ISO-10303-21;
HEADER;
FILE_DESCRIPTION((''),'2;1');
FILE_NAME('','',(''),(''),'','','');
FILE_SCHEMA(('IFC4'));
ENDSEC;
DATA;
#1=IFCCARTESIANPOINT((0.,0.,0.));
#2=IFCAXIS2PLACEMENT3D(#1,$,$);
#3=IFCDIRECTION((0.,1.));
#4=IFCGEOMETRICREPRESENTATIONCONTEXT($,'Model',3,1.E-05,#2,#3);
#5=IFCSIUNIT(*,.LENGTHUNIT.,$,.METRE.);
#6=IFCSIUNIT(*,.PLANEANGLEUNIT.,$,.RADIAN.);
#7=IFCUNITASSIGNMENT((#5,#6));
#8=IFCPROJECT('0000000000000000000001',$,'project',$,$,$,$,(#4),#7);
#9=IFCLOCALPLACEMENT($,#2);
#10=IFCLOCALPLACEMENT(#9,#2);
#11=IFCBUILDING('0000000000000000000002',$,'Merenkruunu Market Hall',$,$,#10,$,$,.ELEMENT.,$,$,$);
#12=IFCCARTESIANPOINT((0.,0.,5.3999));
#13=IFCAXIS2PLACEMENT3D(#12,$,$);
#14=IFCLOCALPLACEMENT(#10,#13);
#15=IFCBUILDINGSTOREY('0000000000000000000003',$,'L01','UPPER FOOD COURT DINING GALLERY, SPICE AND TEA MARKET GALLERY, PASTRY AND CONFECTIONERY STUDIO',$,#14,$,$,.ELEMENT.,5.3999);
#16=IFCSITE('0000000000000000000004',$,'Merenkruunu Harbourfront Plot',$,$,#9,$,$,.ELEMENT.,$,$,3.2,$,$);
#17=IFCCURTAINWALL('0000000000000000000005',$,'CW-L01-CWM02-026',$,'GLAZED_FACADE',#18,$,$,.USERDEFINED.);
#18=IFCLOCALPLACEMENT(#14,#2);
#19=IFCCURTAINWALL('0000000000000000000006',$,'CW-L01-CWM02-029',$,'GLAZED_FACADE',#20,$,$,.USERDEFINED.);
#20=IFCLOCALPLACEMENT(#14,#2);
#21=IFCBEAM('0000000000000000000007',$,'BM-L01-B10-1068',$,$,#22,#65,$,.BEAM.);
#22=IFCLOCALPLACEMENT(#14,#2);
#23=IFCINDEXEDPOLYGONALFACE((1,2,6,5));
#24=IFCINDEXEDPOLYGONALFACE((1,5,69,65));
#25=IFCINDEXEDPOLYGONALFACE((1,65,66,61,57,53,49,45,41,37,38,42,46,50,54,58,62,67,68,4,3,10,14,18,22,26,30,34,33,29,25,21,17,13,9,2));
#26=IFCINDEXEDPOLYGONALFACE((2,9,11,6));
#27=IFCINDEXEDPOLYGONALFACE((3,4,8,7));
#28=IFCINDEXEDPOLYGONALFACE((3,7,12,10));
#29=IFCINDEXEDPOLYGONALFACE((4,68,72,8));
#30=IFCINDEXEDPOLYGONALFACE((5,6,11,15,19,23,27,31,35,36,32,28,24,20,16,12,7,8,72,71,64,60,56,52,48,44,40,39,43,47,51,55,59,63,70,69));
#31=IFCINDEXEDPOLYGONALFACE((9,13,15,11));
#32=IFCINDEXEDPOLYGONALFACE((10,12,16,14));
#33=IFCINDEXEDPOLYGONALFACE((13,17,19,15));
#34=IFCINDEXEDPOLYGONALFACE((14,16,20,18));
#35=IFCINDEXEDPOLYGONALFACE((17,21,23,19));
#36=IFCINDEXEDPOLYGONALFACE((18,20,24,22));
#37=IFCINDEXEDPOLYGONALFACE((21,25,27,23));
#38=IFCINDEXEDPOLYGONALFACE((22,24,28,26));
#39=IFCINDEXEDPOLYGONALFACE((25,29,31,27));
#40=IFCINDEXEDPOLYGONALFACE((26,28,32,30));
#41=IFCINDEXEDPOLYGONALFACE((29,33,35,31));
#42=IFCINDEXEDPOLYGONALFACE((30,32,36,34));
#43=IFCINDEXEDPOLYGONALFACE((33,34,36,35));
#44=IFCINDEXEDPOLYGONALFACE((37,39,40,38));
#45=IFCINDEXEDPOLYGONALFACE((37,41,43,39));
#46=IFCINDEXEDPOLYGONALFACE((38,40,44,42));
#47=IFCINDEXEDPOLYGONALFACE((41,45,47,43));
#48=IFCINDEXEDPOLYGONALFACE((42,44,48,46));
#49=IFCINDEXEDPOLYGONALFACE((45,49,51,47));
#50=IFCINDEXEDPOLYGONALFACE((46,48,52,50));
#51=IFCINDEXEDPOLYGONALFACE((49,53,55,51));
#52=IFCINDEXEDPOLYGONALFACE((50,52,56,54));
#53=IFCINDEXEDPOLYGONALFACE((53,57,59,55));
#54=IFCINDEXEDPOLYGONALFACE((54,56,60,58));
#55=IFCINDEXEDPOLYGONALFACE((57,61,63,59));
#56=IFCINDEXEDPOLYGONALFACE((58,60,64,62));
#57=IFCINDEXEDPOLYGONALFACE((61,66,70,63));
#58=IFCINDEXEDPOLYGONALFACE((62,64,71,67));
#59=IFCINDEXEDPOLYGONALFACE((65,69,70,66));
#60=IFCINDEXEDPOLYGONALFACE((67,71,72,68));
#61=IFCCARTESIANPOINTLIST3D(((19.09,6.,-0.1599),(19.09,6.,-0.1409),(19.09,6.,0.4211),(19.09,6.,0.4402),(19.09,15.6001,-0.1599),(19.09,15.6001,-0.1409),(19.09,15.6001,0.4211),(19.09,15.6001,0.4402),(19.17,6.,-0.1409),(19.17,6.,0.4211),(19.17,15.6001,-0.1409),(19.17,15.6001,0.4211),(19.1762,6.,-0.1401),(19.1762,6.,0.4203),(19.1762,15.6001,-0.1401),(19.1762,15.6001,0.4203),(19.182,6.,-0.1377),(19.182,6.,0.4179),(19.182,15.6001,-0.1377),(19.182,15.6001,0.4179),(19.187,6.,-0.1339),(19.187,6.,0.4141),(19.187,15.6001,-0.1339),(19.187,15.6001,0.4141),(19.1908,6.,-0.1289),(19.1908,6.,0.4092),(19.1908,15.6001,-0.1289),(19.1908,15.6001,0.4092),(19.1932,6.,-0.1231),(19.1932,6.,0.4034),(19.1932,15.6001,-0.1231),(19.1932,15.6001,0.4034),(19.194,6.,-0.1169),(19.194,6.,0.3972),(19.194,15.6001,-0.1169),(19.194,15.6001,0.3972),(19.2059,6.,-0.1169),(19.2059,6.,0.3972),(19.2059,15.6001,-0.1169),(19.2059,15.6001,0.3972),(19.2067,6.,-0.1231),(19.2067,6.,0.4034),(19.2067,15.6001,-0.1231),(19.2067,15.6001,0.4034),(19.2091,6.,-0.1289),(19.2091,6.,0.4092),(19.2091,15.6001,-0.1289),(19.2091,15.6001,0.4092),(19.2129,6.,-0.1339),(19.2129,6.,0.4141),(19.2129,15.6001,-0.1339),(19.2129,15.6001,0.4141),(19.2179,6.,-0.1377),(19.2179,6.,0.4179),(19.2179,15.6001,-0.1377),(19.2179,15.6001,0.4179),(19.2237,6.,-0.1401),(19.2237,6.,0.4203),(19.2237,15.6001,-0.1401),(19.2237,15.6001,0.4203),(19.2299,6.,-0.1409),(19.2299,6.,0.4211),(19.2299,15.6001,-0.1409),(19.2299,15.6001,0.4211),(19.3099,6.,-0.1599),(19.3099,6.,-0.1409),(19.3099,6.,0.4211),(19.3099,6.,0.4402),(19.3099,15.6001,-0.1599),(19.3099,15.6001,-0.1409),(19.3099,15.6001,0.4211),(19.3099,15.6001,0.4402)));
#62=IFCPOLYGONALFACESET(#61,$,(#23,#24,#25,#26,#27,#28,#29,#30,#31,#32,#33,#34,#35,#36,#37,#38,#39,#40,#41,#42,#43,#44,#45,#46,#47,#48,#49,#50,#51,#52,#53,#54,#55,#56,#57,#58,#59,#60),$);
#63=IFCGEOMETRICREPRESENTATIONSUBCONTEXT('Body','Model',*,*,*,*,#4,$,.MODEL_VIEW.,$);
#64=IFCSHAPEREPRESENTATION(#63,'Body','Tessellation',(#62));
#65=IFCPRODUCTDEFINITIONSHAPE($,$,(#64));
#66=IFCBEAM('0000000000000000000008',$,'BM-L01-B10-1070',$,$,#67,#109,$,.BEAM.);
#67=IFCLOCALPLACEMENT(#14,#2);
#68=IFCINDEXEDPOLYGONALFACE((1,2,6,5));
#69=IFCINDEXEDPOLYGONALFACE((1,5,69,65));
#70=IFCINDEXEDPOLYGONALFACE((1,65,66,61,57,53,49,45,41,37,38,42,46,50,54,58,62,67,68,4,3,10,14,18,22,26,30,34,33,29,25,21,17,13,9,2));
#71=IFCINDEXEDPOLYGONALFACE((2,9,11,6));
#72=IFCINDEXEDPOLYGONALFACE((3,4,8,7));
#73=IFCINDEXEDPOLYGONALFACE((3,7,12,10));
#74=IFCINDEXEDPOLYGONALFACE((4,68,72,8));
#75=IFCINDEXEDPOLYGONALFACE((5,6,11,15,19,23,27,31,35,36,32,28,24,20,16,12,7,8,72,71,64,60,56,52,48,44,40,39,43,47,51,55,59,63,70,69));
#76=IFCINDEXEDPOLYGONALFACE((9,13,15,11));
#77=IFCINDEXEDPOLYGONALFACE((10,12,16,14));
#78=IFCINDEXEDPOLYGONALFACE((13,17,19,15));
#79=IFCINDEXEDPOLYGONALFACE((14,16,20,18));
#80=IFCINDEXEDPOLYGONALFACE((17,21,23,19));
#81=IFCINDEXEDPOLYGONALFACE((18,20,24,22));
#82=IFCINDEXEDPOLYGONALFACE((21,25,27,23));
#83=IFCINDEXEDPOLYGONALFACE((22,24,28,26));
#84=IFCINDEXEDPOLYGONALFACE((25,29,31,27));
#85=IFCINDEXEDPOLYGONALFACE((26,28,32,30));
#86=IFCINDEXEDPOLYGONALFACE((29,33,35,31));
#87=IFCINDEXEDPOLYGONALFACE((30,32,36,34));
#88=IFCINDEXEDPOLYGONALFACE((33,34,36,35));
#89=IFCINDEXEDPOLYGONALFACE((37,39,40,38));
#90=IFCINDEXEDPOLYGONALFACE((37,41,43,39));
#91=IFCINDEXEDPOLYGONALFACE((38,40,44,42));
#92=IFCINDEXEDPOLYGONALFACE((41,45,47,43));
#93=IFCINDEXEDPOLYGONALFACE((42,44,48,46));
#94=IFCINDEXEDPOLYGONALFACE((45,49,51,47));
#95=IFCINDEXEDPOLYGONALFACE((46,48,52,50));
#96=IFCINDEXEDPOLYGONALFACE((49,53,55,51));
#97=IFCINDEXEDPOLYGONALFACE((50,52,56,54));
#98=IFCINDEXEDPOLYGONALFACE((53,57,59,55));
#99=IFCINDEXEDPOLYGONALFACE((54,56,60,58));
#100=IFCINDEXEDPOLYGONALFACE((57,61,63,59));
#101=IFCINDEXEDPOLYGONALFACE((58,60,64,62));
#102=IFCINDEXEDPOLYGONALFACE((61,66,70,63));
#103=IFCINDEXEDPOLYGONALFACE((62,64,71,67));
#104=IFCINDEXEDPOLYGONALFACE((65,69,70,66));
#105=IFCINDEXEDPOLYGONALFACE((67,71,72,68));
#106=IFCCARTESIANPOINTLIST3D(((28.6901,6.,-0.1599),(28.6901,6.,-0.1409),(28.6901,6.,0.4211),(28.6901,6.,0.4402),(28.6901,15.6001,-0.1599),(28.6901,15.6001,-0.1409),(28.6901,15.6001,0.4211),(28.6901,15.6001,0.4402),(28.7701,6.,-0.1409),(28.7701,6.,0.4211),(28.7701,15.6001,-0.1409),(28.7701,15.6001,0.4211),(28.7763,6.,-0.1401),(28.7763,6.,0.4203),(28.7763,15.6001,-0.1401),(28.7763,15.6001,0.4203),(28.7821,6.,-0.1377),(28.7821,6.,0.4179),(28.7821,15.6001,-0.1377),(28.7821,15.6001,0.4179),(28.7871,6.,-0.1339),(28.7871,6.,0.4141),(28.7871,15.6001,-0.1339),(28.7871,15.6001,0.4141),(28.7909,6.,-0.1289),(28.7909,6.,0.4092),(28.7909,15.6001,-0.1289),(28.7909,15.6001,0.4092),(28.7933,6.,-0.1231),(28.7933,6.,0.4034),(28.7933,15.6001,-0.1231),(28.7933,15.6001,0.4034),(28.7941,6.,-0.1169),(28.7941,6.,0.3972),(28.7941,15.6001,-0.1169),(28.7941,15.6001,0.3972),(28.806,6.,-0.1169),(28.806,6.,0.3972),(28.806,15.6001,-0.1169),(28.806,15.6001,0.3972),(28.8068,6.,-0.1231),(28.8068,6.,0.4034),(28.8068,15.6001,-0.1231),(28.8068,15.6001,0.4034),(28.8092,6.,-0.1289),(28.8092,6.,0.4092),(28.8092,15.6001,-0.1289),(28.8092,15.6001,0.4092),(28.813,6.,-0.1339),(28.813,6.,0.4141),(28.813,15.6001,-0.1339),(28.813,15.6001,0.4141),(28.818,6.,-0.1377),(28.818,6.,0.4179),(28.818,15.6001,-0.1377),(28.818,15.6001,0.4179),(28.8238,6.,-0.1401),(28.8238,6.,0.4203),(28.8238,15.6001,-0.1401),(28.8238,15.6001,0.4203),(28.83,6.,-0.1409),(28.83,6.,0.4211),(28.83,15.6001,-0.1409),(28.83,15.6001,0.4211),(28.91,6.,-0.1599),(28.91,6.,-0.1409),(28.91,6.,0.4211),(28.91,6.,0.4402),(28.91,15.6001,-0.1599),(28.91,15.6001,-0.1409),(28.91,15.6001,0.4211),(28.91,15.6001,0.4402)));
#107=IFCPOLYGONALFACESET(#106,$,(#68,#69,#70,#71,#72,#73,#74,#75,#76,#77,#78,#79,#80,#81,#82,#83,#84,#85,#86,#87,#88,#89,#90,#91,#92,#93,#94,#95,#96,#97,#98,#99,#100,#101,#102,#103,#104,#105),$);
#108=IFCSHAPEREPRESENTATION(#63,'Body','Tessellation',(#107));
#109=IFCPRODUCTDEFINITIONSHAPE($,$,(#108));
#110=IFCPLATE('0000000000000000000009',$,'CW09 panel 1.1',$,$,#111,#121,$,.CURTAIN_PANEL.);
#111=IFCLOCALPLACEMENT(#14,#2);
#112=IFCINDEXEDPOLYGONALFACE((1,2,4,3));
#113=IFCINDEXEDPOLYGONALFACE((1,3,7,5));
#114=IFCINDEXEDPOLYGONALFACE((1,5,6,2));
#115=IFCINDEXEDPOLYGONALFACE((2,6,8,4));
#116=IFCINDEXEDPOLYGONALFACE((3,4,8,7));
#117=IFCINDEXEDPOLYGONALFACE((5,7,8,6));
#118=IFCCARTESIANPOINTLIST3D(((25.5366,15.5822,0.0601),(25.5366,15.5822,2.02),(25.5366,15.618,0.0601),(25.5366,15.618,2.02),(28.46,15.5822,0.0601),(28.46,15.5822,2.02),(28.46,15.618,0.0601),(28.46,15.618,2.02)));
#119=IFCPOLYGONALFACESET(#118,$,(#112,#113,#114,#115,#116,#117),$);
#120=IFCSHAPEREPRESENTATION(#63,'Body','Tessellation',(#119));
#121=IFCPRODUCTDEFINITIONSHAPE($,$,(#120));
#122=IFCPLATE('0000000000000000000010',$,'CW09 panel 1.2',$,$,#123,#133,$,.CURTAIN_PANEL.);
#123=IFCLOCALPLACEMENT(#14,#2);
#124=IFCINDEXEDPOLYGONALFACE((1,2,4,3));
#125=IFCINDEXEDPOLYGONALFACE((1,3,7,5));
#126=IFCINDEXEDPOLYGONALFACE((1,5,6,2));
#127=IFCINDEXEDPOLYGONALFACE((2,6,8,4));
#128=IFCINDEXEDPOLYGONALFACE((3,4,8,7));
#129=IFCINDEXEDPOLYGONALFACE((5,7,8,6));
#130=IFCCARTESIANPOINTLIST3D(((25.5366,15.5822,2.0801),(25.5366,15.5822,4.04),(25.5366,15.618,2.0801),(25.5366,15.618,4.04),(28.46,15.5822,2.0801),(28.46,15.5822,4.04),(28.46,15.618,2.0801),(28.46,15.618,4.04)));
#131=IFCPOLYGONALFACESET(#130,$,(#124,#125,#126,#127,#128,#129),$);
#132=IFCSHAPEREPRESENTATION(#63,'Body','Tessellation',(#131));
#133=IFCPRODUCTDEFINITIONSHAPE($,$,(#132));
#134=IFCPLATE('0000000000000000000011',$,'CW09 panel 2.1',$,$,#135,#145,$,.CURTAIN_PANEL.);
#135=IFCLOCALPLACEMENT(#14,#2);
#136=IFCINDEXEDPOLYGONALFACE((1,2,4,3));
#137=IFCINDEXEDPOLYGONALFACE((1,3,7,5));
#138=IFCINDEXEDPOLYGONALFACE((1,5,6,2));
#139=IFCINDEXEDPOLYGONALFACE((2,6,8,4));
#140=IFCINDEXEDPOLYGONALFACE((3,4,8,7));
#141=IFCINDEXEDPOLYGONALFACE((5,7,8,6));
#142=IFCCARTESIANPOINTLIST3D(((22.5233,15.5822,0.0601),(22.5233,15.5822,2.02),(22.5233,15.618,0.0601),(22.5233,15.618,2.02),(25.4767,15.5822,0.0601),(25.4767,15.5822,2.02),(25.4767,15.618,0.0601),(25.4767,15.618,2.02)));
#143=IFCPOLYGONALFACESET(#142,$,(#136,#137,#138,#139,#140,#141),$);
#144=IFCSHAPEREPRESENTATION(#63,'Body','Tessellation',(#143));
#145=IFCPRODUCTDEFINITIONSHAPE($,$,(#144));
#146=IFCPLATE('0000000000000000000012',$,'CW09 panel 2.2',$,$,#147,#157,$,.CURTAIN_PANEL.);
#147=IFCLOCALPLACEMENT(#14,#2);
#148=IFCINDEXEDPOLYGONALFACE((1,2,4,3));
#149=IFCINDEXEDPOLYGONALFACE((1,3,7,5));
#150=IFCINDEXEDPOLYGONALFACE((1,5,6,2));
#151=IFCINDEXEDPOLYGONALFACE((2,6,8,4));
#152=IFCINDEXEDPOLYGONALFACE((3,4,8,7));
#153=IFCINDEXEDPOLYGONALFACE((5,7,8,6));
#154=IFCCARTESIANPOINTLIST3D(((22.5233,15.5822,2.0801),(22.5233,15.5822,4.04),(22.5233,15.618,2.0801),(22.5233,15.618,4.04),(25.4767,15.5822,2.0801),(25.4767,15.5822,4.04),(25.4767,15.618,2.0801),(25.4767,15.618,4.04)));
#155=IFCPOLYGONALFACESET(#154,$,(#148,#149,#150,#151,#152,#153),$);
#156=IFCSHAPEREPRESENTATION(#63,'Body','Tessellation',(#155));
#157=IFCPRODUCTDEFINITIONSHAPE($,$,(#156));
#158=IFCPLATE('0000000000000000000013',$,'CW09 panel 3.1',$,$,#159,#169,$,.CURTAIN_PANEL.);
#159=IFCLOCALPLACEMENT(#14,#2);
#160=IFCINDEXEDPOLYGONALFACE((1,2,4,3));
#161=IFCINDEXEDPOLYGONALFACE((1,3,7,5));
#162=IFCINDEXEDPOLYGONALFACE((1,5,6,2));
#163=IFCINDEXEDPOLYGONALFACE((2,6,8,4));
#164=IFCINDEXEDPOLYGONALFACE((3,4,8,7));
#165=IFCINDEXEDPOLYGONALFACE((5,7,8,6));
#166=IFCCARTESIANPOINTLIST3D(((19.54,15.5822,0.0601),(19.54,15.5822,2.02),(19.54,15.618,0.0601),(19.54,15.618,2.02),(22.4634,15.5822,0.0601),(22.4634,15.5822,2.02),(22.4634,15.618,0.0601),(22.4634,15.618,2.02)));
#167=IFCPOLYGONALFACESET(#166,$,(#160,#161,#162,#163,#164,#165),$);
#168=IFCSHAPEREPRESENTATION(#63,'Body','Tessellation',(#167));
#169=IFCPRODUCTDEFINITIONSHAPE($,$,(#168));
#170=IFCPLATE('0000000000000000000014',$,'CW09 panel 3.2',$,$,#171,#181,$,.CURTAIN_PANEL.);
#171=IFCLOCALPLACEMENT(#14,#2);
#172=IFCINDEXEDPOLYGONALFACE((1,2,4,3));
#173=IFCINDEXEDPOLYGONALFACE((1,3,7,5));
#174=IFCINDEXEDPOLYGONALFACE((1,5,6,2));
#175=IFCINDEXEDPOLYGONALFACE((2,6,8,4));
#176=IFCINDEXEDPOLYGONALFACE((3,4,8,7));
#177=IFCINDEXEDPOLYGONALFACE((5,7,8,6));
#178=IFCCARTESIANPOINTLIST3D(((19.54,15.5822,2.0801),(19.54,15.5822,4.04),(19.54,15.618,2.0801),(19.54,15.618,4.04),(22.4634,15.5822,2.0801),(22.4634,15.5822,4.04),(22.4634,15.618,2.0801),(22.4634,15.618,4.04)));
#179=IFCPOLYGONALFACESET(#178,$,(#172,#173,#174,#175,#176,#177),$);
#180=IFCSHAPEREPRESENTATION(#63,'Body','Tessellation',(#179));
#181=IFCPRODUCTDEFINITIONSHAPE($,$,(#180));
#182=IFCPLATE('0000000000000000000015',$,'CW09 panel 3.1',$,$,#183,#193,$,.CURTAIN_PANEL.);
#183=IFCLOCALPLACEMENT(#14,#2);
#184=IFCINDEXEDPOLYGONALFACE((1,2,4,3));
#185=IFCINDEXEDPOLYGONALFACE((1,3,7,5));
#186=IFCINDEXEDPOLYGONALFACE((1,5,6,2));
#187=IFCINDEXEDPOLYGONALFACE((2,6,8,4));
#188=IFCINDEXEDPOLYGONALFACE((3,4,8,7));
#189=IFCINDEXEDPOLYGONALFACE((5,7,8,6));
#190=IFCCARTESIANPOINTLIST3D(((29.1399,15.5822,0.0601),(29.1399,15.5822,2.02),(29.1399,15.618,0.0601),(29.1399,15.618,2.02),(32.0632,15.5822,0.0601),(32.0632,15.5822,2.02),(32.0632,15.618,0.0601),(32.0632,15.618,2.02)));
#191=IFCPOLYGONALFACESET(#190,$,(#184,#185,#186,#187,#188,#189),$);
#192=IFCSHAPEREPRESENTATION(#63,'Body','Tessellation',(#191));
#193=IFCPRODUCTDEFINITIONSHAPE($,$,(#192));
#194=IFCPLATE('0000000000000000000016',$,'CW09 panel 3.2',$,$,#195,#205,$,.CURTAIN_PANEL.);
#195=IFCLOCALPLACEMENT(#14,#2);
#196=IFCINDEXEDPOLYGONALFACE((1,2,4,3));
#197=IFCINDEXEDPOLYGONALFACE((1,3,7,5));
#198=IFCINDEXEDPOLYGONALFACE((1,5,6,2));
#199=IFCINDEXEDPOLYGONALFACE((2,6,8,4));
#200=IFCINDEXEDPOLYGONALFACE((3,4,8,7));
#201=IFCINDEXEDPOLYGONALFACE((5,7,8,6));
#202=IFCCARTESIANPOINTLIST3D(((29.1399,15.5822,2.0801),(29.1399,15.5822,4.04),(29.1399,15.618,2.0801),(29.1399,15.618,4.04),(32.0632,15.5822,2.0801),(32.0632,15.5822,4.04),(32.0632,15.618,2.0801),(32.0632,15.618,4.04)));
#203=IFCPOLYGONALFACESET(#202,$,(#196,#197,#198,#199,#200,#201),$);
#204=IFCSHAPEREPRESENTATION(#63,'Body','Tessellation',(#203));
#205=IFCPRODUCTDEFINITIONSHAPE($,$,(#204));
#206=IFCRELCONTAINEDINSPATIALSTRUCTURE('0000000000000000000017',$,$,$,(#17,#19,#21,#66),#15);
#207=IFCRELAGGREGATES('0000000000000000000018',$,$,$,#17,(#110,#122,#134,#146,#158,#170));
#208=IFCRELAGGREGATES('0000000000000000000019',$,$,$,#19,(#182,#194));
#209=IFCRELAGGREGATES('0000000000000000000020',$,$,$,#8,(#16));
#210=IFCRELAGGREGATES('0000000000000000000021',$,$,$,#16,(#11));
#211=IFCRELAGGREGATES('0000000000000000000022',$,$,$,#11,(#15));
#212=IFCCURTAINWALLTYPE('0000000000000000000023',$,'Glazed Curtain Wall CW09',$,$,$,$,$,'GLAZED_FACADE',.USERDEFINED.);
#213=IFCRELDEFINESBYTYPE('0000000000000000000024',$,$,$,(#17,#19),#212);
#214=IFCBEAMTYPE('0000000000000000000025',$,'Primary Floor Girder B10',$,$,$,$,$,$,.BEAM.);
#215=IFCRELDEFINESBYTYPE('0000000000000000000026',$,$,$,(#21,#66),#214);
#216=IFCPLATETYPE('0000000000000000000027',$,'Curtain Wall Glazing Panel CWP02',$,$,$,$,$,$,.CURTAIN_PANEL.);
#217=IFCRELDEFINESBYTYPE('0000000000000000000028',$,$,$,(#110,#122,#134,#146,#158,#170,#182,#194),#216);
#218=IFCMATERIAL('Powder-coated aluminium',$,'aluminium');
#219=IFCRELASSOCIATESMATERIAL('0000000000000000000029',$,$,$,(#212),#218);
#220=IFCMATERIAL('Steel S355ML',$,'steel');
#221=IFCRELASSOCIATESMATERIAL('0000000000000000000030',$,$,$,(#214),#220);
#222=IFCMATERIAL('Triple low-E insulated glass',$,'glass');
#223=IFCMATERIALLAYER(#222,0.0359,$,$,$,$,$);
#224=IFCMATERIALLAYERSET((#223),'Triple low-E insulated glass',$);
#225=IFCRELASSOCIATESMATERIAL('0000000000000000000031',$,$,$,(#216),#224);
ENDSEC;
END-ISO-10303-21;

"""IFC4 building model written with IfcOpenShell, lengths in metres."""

from ifc_helpers import new_model, si_unit, direction, frame, origin, origin_2d, place, context, subcontext, project, spatial, rectangle, i_section, extrude, material, layer, layer_set, material_profile, profile_set, type_object, element, aggregate, save


model = new_model("IFC4")

# Units and contexts
model_context = context("Model", 3, precision=1e-05, world=origin(), true_north=direction((0.0, 1.0)))
body_context = subcontext(model_context, "Body", "Model", "MODEL_VIEW")
ifc_project = project(units=[si_unit("LENGTHUNIT", "METRE"), si_unit("PLANEANGLEUNIT", "RADIAN")], contexts=[model_context])

# Site, building, storey
site_placement = place(None, origin())
site = spatial("IfcSite", under=ifc_project, at=site_placement, Name="Merenkruunu Harbourfront Plot", CompositionType="ELEMENT", RefElevation=3.2)
building_placement = place(site_placement, origin())
building = spatial("IfcBuilding", under=site, at=building_placement, Name="Merenkruunu Market Hall", CompositionType="ELEMENT")
storey_placement = place(building_placement, frame((0.0, 0.0, 5.3999)))
storey = spatial("IfcBuildingStorey", under=building, at=storey_placement, Name="L01", Description="UPPER FOOD COURT DINING GALLERY, SPICE AND TEA MARKET GALLERY, PASTRY AND CONFECTIONERY STUDIO", CompositionType="ELEMENT", Elevation=5.3999)

# Shared definitions
ifc_material_1 = material(Name="Powder-coated aluminium", Category="aluminium")
curtain_wall_type = type_object("IfcCurtainWallType", Name="Glazed Curtain Wall CW09", ElementType="GLAZED_FACADE", PredefinedType="USERDEFINED", material=ifc_material_1)

# Curtain walls
curtain_wall_1_placement = place(storey_placement, origin())
curtain_wall_1 = element("IfcCurtainWall", 1, at=curtain_wall_1_placement, inside=storey, type_object=curtain_wall_type, Name="CW-L01-CWM02-026", ObjectType="GLAZED_FACADE", PredefinedType="USERDEFINED")
curtain_wall_2_placement = place(storey_placement, origin())
curtain_wall_2 = element("IfcCurtainWall", 2, at=curtain_wall_2_placement, inside=storey, type_object=curtain_wall_type, Name="CW-L01-CWM02-029", ObjectType="GLAZED_FACADE", PredefinedType="USERDEFINED")

# Beams
ifc_material_2 = material(Name="Steel S355ML", Category="steel")
ifc_material_profile_1 = material_profile(ifc_material_2, i_section(OverallWidth=0.22, OverallDepth=0.6001, WebThickness=0.012, FlangeThickness=0.019, FilletRadius=0.0239, at=origin_2d()), Name="IPE 600")
ifc_profile_set_1 = profile_set([ifc_material_profile_1], Name="Steel S355ML")
beam_type_1 = type_object("IfcBeamType", Name="Primary Floor Girder B10", PredefinedType="BEAM", material=ifc_profile_set_1)
for number, where, z_axis, x_axis, name in (
    (3, (19.2, 15.6001, 0.1401), (0.0, -1.0, 0.0), (1.0, 0.0, 0.0), "BM-L01-B10-1068"),
    (4, (28.8, 15.6001, 0.1401), (0.0, -1.0, 0.0), (1.0, 0.0, 0.0), "BM-L01-B10-1070"),
):
    element("IfcBeam", number, at=place(storey_placement, frame(where, z_axis=z_axis, x_axis=x_axis)), inside=storey, type_object=beam_type_1, Name=name, PredefinedType="BEAM", context=body_context, shape_type="SweptSolid", body=[
        extrude(i_section(OverallWidth=0.22, OverallDepth=0.6001, WebThickness=0.012, FlangeThickness=0.019, FilletRadius=0.0239, at=origin_2d()), origin(), (0.0, 0.0, 1.0), 9.6001),
    ])

# Plates
ifc_material_3 = material(Name="Triple low-E insulated glass", Category="glass")
ifc_layer_1 = layer(ifc_material_3, 0.0359)
ifc_layer_set_1 = layer_set([ifc_layer_1], Name="Triple low-E insulated glass")
plate_type = type_object("IfcPlateType", Name="Curtain Wall Glazing Panel CWP02", PredefinedType="CURTAIN_PANEL", material=ifc_layer_set_1)
plate_1_placement = place(storey_placement, frame((26.9983, 15.6001, 0.0601), z_axis=(0.0, 0.0, 1.0), x_axis=(-1.0, 0.0, 0.0)))
plate_1 = element("IfcPlate", 5, at=plate_1_placement, type_object=plate_type, Name="CW09 panel 1.1", PredefinedType="CURTAIN_PANEL", context=body_context, shape_type="SweptSolid", body=[
    extrude(rectangle(XDim=2.9233, YDim=0.0359, at=origin_2d()), origin(), (0.0, 0.0, 1.0), 1.96),
])
plate_2_placement = place(storey_placement, frame((26.9983, 15.6001, 2.0801), z_axis=(0.0, 0.0, 1.0), x_axis=(-1.0, 0.0, 0.0)))
plate_2 = element("IfcPlate", 6, at=plate_2_placement, type_object=plate_type, Name="CW09 panel 1.2", PredefinedType="CURTAIN_PANEL", context=body_context, shape_type="SweptSolid", body=[
    extrude(rectangle(XDim=2.9233, YDim=0.0359, at=origin_2d()), origin(), (0.0, 0.0, 1.0), 1.96),
])
plate_3_placement = place(storey_placement, frame((24.0, 15.6001, 0.0601), z_axis=(0.0, 0.0, 1.0), x_axis=(-1.0, 0.0, 0.0)))
plate_3 = element("IfcPlate", 7, at=plate_3_placement, type_object=plate_type, Name="CW09 panel 2.1", PredefinedType="CURTAIN_PANEL", context=body_context, shape_type="SweptSolid", body=[
    extrude(rectangle(XDim=2.9534, YDim=0.0359, at=origin_2d()), origin(), (0.0, 0.0, 1.0), 1.96),
])
plate_4_placement = place(storey_placement, frame((24.0, 15.6001, 2.0801), z_axis=(0.0, 0.0, 1.0), x_axis=(-1.0, 0.0, 0.0)))
plate_4 = element("IfcPlate", 8, at=plate_4_placement, type_object=plate_type, Name="CW09 panel 2.2", PredefinedType="CURTAIN_PANEL", context=body_context, shape_type="SweptSolid", body=[
    extrude(rectangle(XDim=2.9534, YDim=0.0359, at=origin_2d()), origin(), (0.0, 0.0, 1.0), 1.96),
])
plate_5_placement = place(storey_placement, frame((21.0017, 15.6001, 0.0601), z_axis=(0.0, 0.0, 1.0), x_axis=(-1.0, 0.0, 0.0)))
plate_5 = element("IfcPlate", 9, at=plate_5_placement, type_object=plate_type, Name="CW09 panel 3.1", PredefinedType="CURTAIN_PANEL", context=body_context, shape_type="SweptSolid", body=[
    extrude(rectangle(XDim=2.9233, YDim=0.0359, at=origin_2d()), origin(), (0.0, 0.0, 1.0), 1.96),
])
plate_6_placement = place(storey_placement, frame((21.0017, 15.6001, 2.0801), z_axis=(0.0, 0.0, 1.0), x_axis=(-1.0, 0.0, 0.0)))
plate_6 = element("IfcPlate", 10, at=plate_6_placement, type_object=plate_type, Name="CW09 panel 3.2", PredefinedType="CURTAIN_PANEL", context=body_context, shape_type="SweptSolid", body=[
    extrude(rectangle(XDim=2.9233, YDim=0.0359, at=origin_2d()), origin(), (0.0, 0.0, 1.0), 1.96),
])
aggregate(curtain_wall_1, [plate_1, plate_2, plate_3, plate_4, plate_5, plate_6])
plate_7_placement = place(storey_placement, frame((30.6016, 15.6001, 0.0601), z_axis=(0.0, 0.0, 1.0), x_axis=(-1.0, 0.0, 0.0)))
plate_7 = element("IfcPlate", 11, at=plate_7_placement, type_object=plate_type, Name="CW09 panel 3.1", PredefinedType="CURTAIN_PANEL", context=body_context, shape_type="SweptSolid", body=[
    extrude(rectangle(XDim=2.9233, YDim=0.0359, at=origin_2d()), origin(), (0.0, 0.0, 1.0), 1.96),
])
plate_8_placement = place(storey_placement, frame((30.6016, 15.6001, 2.0801), z_axis=(0.0, 0.0, 1.0), x_axis=(-1.0, 0.0, 0.0)))
plate_8 = element("IfcPlate", 12, at=plate_8_placement, type_object=plate_type, Name="CW09 panel 3.2", PredefinedType="CURTAIN_PANEL", context=body_context, shape_type="SweptSolid", body=[
    extrude(rectangle(XDim=2.9233, YDim=0.0359, at=origin_2d()), origin(), (0.0, 0.0, 1.0), 1.96),
])
aggregate(curtain_wall_2, [plate_7, plate_8])

save(model, "model.ifc")
